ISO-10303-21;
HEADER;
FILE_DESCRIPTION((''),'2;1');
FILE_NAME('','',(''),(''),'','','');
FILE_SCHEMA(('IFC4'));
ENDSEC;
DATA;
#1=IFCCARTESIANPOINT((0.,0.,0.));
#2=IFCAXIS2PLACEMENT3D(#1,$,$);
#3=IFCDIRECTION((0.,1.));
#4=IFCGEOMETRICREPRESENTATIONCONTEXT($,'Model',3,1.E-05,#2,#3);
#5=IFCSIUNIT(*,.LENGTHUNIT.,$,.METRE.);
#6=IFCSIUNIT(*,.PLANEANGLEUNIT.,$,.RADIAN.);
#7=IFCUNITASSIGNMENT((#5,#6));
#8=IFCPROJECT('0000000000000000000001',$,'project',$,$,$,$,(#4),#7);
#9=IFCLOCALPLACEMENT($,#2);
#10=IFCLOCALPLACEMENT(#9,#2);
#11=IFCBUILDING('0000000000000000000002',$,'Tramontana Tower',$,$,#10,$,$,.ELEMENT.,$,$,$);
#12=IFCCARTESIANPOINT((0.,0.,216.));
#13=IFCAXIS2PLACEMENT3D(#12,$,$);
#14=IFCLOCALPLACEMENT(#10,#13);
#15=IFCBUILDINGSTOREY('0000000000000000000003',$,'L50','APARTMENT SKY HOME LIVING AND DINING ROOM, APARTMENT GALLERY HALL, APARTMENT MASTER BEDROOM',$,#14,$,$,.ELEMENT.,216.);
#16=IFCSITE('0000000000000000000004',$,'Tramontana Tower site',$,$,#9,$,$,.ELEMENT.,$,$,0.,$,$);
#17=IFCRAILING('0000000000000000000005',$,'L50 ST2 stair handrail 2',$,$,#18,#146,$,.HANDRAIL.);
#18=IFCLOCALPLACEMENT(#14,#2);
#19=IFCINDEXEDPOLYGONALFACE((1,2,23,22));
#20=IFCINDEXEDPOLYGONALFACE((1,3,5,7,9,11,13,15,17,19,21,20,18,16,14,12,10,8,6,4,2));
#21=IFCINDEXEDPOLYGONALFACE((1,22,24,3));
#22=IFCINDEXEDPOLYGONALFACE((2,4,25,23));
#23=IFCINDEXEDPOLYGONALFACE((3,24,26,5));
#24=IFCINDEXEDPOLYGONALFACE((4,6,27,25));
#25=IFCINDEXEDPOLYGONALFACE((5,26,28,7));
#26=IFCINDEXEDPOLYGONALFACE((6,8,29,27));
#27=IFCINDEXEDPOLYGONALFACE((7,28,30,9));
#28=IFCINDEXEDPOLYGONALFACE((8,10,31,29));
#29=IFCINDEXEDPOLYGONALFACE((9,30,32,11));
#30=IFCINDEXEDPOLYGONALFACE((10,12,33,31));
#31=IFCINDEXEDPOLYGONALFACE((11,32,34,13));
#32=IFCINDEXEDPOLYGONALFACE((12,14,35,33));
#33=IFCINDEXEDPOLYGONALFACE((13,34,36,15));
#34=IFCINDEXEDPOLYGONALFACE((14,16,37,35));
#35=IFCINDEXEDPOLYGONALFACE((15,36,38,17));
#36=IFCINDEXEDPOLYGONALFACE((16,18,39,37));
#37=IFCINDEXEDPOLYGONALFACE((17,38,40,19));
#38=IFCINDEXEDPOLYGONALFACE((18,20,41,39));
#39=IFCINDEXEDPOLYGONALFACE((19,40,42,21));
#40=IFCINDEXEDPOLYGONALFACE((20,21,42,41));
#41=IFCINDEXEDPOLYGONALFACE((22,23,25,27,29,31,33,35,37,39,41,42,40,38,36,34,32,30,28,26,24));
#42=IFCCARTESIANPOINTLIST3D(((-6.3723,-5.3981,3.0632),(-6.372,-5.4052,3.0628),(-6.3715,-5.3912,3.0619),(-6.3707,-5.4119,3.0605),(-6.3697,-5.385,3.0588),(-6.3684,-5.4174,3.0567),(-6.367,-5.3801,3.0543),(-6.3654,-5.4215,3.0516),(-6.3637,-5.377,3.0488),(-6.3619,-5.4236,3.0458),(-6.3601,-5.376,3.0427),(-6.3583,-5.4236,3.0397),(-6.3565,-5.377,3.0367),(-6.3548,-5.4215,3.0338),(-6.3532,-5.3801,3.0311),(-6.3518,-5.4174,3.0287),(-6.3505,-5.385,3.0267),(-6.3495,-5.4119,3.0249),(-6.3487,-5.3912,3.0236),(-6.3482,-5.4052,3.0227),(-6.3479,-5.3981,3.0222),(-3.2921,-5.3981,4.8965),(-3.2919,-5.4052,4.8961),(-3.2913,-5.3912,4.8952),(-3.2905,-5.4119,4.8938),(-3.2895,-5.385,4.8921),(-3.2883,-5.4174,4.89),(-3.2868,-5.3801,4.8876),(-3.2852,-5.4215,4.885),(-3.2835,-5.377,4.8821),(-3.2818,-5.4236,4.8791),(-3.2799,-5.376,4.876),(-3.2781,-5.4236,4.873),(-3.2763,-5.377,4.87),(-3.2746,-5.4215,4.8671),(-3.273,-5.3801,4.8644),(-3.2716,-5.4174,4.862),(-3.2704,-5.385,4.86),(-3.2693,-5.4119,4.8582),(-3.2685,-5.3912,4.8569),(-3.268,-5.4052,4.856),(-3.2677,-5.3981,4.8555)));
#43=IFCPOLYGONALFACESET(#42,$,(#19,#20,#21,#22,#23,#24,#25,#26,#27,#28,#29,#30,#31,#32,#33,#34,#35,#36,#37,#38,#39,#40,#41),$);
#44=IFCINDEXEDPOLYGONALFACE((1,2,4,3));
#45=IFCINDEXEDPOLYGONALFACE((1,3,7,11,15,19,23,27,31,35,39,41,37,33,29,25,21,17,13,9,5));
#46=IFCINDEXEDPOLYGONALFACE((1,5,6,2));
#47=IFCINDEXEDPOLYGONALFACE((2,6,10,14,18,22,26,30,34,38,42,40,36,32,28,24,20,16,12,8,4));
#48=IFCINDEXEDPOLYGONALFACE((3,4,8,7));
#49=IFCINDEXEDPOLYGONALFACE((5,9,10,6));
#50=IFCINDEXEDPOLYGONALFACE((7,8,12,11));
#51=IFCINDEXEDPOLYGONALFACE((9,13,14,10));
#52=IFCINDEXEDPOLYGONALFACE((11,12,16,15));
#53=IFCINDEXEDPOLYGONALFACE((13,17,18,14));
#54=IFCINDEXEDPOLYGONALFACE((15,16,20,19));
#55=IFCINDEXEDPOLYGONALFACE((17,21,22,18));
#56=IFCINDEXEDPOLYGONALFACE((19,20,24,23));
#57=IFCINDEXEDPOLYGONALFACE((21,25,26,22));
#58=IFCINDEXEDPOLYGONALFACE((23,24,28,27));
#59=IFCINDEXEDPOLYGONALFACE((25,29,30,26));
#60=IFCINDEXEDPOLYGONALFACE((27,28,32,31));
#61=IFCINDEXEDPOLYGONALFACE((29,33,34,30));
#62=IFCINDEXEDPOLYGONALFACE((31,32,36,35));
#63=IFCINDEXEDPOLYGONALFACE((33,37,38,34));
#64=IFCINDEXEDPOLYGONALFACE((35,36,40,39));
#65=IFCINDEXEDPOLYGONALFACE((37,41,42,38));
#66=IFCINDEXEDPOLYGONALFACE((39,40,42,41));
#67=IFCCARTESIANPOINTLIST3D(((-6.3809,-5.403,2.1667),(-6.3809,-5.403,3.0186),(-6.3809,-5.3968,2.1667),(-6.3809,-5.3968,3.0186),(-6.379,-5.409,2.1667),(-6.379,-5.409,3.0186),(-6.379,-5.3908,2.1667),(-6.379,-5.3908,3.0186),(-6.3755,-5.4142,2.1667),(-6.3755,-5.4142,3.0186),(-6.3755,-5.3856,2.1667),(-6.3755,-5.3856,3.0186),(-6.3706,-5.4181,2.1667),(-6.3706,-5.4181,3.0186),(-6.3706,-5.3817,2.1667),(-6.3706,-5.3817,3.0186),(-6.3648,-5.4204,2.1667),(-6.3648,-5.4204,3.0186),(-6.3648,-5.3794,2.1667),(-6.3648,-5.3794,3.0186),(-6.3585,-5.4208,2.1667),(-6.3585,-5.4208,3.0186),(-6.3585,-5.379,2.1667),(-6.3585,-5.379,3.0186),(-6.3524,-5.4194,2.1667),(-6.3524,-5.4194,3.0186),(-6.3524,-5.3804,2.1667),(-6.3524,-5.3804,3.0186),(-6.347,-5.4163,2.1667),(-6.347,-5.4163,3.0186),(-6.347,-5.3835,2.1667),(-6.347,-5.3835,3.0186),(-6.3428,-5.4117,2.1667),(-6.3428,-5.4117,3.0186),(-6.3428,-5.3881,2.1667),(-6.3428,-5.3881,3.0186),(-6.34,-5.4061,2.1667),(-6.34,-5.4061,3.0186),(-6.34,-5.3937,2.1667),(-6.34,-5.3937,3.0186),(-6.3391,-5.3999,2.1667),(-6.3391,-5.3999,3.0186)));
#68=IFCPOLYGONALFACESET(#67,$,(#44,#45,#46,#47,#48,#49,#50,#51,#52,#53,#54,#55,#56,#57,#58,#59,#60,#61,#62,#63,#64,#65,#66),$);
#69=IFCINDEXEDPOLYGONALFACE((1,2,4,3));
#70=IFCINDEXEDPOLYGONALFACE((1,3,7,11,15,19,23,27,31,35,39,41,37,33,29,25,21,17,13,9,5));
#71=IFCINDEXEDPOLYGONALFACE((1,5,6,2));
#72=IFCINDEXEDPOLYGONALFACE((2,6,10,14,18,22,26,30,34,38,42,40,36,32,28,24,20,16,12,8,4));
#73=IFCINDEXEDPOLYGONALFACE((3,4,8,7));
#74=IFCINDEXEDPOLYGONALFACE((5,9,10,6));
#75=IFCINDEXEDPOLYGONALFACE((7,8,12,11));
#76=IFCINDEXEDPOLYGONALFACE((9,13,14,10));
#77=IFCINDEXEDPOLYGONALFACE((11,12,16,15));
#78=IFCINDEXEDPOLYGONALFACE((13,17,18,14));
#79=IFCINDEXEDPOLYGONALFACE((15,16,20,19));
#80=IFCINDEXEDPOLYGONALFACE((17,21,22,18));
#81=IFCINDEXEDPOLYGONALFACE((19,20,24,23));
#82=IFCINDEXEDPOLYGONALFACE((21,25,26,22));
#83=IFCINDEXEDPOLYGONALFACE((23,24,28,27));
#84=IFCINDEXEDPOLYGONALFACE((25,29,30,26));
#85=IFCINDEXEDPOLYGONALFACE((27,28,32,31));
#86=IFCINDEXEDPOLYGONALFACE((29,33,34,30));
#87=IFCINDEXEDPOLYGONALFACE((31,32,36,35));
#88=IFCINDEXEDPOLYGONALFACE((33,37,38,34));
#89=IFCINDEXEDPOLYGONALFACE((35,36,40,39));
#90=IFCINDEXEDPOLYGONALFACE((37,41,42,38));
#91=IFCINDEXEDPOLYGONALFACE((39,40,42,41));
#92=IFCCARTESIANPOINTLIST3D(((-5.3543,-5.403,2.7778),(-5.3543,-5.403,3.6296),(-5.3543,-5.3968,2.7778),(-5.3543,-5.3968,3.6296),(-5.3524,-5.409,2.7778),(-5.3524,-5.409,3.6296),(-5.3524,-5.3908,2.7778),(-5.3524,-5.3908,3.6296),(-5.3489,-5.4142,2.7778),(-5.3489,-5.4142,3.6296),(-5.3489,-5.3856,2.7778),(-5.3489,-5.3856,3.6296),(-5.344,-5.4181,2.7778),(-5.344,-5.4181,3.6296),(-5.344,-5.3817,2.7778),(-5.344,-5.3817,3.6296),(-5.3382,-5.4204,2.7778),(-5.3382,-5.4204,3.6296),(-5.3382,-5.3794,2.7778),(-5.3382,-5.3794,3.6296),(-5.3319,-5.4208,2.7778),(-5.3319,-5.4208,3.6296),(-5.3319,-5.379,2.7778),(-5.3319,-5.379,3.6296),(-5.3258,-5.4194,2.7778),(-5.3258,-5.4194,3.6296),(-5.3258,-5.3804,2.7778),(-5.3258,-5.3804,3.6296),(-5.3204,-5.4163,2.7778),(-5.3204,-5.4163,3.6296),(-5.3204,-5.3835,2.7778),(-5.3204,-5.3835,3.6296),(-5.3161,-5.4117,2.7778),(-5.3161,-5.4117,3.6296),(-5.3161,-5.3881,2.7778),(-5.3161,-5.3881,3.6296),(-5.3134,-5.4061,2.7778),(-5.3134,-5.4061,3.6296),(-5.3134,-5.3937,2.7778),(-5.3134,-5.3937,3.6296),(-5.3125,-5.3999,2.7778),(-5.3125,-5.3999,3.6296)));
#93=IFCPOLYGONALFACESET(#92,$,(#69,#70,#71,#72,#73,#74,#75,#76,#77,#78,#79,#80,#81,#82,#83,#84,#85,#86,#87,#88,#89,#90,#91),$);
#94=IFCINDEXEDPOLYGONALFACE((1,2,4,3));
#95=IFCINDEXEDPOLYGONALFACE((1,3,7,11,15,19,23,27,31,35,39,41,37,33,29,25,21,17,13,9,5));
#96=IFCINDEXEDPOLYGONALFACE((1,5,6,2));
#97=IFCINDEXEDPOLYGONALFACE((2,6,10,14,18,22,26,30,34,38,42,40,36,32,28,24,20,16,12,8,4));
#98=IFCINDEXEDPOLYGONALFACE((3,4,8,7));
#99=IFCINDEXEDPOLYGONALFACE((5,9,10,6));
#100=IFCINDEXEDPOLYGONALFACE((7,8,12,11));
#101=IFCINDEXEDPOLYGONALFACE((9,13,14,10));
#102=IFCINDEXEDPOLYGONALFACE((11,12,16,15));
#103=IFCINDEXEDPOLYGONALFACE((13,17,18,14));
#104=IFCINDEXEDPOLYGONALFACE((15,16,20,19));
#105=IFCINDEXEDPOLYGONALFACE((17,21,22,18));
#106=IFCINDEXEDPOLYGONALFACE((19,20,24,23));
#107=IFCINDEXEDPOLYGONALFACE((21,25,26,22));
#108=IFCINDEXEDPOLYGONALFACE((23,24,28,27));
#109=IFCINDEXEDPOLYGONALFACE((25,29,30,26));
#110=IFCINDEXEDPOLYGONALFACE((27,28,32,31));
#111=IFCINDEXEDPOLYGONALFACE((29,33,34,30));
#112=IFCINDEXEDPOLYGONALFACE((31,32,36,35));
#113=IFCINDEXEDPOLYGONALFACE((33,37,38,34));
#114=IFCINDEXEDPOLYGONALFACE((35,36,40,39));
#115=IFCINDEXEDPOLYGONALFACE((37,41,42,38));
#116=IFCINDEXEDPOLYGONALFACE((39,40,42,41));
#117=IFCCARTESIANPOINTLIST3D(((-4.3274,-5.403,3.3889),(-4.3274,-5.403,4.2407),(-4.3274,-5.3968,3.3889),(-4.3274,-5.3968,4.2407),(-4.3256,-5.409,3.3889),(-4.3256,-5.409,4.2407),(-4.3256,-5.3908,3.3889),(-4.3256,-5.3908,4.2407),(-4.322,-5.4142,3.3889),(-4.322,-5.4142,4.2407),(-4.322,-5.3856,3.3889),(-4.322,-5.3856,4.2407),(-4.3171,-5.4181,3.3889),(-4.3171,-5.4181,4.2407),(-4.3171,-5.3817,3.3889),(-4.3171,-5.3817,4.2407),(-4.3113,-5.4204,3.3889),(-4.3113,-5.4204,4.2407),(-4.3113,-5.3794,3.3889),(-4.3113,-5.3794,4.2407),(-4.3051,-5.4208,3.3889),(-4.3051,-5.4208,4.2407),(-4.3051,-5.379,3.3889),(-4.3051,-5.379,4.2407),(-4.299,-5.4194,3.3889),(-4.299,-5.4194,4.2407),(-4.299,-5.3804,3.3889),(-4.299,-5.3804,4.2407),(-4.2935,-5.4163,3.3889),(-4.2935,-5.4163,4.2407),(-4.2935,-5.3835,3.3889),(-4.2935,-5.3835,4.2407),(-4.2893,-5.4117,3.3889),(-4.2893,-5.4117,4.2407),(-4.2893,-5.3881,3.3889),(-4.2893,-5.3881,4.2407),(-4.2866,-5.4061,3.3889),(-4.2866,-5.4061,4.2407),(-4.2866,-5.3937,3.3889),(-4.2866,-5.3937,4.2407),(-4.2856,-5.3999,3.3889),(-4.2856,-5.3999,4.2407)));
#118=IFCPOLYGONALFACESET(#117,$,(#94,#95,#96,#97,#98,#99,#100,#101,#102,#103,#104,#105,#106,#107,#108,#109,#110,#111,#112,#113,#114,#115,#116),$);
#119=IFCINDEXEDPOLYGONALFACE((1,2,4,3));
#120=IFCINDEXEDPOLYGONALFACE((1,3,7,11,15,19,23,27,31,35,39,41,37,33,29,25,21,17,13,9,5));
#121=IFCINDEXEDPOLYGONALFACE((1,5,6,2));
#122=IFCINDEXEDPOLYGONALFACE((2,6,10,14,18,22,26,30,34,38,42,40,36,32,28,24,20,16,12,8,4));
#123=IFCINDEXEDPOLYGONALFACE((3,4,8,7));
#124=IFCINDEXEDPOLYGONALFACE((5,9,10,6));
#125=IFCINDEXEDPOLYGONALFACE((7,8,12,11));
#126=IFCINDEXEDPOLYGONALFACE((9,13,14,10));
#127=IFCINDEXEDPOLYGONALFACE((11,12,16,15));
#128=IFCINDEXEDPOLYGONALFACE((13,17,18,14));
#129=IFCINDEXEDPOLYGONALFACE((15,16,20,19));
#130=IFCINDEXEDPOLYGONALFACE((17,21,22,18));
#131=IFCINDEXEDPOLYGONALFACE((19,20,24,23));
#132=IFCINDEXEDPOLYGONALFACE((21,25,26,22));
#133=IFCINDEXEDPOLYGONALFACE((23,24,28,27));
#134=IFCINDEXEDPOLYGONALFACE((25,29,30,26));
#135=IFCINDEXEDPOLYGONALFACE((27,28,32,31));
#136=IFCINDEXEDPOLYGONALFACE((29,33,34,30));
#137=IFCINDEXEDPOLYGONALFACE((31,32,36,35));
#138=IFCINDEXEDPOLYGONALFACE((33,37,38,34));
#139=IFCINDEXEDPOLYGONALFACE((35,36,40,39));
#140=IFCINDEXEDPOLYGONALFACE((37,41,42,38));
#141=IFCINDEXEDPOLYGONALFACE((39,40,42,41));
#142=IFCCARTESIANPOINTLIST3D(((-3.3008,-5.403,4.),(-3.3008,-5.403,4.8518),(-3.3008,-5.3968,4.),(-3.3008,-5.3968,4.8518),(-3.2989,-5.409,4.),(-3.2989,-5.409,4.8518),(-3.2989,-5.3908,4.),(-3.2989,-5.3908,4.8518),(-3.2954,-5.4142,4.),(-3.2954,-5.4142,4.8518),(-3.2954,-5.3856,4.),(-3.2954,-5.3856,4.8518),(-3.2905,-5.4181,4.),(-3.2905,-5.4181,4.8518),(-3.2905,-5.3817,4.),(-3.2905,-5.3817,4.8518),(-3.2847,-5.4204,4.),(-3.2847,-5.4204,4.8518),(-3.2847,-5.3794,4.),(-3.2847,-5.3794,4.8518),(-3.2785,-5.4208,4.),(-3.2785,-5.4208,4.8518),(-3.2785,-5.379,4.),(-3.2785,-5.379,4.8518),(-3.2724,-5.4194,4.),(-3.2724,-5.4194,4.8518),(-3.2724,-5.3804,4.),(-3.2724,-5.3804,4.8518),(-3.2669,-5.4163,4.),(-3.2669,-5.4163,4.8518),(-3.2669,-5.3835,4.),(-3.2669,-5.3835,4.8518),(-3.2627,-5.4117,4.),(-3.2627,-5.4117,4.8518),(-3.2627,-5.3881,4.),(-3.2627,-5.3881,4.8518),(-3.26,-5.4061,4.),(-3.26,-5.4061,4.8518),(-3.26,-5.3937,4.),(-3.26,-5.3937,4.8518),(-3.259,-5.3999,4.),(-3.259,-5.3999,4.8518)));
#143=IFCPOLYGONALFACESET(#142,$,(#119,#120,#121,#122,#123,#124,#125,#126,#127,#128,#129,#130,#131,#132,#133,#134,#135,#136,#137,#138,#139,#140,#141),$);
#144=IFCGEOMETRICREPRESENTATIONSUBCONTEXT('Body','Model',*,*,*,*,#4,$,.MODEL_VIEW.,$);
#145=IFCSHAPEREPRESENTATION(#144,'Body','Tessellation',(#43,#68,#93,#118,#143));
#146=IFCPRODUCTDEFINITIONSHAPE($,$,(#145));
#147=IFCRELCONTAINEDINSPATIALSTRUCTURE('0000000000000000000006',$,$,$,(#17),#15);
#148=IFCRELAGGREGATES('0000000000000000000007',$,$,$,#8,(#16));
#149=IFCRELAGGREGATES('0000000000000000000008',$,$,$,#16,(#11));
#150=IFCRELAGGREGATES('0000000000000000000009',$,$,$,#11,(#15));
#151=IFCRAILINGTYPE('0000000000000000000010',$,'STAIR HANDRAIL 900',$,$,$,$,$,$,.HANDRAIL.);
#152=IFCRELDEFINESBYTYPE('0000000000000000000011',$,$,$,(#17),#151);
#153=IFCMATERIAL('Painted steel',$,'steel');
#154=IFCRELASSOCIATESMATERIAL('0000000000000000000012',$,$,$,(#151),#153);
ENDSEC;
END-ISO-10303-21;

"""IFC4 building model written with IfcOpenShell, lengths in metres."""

from ifc_helpers import new_model, si_unit, direction, frame, origin, origin_2d, place, context, subcontext, project, spatial, circle, extrude, material, type_object, element, save


model = new_model("IFC4")

# Units and contexts
model_context = context("Model", 3, precision=1e-05, world=origin(), true_north=direction((0.0, 1.0)))
body_context = subcontext(model_context, "Body", "Model", "MODEL_VIEW")
ifc_project = project(units=[si_unit("LENGTHUNIT", "METRE"), si_unit("PLANEANGLEUNIT", "RADIAN")], contexts=[model_context])

# Site, building, storey
site_placement = place(None, origin())
site = spatial("IfcSite", under=ifc_project, at=site_placement, Name="Tramontana Tower site", CompositionType="ELEMENT", RefElevation=0.0)
building_placement = place(site_placement, origin())
building = spatial("IfcBuilding", under=site, at=building_placement, Name="Tramontana Tower", CompositionType="ELEMENT")
storey_placement = place(building_placement, frame((0.0, 0.0, 216.0)))
storey = spatial("IfcBuildingStorey", under=building, at=storey_placement, Name="L50", Description="APARTMENT SKY HOME LIVING AND DINING ROOM, APARTMENT GALLERY HALL, APARTMENT MASTER BEDROOM", CompositionType="ELEMENT", Elevation=216.0)

# Railing
ifc_material_1 = material(Name="Painted steel", Category="steel")
railing_type_1 = type_object("IfcRailingType", Name="STAIR HANDRAIL 900", PredefinedType="HANDRAIL", material=ifc_material_1)
railing_1_placement = place(storey_placement, frame((-6.3601, -5.3999, 2.1667)))
element("IfcRailing", 1, at=railing_1_placement, inside=storey, type_object=railing_type_1, Name="L50 ST2 stair handrail 2", PredefinedType="HANDRAIL", context=body_context, shape_type="SweptSolid", body=[
    extrude(circle(Radius=0.0239, at=origin_2d()), frame((0.0, 0.0, 0.876), z_axis=(0.859309, 0.0, 0.511458), x_axis=(0.0, 1.0, 0.0)), (0.0, 0.0, 1.0), 3.5845),
    extrude(circle(Radius=0.021, at=origin_2d()), origin(), (0.0, 0.0, 1.0), 0.8518),
    extrude(circle(Radius=0.021, at=origin_2d()), frame((1.0266, 0.0, 0.6111)), (0.0, 0.0, 1.0), 0.8518),
    extrude(circle(Radius=0.021, at=origin_2d()), frame((2.0535, 0.0, 1.2222)), (0.0, 0.0, 1.0), 0.8518),
    extrude(circle(Radius=0.021, at=origin_2d()), frame((3.0801, 0.0, 1.8333)), (0.0, 0.0, 1.0), 0.8518),
])

save(model, "model.ifc")
